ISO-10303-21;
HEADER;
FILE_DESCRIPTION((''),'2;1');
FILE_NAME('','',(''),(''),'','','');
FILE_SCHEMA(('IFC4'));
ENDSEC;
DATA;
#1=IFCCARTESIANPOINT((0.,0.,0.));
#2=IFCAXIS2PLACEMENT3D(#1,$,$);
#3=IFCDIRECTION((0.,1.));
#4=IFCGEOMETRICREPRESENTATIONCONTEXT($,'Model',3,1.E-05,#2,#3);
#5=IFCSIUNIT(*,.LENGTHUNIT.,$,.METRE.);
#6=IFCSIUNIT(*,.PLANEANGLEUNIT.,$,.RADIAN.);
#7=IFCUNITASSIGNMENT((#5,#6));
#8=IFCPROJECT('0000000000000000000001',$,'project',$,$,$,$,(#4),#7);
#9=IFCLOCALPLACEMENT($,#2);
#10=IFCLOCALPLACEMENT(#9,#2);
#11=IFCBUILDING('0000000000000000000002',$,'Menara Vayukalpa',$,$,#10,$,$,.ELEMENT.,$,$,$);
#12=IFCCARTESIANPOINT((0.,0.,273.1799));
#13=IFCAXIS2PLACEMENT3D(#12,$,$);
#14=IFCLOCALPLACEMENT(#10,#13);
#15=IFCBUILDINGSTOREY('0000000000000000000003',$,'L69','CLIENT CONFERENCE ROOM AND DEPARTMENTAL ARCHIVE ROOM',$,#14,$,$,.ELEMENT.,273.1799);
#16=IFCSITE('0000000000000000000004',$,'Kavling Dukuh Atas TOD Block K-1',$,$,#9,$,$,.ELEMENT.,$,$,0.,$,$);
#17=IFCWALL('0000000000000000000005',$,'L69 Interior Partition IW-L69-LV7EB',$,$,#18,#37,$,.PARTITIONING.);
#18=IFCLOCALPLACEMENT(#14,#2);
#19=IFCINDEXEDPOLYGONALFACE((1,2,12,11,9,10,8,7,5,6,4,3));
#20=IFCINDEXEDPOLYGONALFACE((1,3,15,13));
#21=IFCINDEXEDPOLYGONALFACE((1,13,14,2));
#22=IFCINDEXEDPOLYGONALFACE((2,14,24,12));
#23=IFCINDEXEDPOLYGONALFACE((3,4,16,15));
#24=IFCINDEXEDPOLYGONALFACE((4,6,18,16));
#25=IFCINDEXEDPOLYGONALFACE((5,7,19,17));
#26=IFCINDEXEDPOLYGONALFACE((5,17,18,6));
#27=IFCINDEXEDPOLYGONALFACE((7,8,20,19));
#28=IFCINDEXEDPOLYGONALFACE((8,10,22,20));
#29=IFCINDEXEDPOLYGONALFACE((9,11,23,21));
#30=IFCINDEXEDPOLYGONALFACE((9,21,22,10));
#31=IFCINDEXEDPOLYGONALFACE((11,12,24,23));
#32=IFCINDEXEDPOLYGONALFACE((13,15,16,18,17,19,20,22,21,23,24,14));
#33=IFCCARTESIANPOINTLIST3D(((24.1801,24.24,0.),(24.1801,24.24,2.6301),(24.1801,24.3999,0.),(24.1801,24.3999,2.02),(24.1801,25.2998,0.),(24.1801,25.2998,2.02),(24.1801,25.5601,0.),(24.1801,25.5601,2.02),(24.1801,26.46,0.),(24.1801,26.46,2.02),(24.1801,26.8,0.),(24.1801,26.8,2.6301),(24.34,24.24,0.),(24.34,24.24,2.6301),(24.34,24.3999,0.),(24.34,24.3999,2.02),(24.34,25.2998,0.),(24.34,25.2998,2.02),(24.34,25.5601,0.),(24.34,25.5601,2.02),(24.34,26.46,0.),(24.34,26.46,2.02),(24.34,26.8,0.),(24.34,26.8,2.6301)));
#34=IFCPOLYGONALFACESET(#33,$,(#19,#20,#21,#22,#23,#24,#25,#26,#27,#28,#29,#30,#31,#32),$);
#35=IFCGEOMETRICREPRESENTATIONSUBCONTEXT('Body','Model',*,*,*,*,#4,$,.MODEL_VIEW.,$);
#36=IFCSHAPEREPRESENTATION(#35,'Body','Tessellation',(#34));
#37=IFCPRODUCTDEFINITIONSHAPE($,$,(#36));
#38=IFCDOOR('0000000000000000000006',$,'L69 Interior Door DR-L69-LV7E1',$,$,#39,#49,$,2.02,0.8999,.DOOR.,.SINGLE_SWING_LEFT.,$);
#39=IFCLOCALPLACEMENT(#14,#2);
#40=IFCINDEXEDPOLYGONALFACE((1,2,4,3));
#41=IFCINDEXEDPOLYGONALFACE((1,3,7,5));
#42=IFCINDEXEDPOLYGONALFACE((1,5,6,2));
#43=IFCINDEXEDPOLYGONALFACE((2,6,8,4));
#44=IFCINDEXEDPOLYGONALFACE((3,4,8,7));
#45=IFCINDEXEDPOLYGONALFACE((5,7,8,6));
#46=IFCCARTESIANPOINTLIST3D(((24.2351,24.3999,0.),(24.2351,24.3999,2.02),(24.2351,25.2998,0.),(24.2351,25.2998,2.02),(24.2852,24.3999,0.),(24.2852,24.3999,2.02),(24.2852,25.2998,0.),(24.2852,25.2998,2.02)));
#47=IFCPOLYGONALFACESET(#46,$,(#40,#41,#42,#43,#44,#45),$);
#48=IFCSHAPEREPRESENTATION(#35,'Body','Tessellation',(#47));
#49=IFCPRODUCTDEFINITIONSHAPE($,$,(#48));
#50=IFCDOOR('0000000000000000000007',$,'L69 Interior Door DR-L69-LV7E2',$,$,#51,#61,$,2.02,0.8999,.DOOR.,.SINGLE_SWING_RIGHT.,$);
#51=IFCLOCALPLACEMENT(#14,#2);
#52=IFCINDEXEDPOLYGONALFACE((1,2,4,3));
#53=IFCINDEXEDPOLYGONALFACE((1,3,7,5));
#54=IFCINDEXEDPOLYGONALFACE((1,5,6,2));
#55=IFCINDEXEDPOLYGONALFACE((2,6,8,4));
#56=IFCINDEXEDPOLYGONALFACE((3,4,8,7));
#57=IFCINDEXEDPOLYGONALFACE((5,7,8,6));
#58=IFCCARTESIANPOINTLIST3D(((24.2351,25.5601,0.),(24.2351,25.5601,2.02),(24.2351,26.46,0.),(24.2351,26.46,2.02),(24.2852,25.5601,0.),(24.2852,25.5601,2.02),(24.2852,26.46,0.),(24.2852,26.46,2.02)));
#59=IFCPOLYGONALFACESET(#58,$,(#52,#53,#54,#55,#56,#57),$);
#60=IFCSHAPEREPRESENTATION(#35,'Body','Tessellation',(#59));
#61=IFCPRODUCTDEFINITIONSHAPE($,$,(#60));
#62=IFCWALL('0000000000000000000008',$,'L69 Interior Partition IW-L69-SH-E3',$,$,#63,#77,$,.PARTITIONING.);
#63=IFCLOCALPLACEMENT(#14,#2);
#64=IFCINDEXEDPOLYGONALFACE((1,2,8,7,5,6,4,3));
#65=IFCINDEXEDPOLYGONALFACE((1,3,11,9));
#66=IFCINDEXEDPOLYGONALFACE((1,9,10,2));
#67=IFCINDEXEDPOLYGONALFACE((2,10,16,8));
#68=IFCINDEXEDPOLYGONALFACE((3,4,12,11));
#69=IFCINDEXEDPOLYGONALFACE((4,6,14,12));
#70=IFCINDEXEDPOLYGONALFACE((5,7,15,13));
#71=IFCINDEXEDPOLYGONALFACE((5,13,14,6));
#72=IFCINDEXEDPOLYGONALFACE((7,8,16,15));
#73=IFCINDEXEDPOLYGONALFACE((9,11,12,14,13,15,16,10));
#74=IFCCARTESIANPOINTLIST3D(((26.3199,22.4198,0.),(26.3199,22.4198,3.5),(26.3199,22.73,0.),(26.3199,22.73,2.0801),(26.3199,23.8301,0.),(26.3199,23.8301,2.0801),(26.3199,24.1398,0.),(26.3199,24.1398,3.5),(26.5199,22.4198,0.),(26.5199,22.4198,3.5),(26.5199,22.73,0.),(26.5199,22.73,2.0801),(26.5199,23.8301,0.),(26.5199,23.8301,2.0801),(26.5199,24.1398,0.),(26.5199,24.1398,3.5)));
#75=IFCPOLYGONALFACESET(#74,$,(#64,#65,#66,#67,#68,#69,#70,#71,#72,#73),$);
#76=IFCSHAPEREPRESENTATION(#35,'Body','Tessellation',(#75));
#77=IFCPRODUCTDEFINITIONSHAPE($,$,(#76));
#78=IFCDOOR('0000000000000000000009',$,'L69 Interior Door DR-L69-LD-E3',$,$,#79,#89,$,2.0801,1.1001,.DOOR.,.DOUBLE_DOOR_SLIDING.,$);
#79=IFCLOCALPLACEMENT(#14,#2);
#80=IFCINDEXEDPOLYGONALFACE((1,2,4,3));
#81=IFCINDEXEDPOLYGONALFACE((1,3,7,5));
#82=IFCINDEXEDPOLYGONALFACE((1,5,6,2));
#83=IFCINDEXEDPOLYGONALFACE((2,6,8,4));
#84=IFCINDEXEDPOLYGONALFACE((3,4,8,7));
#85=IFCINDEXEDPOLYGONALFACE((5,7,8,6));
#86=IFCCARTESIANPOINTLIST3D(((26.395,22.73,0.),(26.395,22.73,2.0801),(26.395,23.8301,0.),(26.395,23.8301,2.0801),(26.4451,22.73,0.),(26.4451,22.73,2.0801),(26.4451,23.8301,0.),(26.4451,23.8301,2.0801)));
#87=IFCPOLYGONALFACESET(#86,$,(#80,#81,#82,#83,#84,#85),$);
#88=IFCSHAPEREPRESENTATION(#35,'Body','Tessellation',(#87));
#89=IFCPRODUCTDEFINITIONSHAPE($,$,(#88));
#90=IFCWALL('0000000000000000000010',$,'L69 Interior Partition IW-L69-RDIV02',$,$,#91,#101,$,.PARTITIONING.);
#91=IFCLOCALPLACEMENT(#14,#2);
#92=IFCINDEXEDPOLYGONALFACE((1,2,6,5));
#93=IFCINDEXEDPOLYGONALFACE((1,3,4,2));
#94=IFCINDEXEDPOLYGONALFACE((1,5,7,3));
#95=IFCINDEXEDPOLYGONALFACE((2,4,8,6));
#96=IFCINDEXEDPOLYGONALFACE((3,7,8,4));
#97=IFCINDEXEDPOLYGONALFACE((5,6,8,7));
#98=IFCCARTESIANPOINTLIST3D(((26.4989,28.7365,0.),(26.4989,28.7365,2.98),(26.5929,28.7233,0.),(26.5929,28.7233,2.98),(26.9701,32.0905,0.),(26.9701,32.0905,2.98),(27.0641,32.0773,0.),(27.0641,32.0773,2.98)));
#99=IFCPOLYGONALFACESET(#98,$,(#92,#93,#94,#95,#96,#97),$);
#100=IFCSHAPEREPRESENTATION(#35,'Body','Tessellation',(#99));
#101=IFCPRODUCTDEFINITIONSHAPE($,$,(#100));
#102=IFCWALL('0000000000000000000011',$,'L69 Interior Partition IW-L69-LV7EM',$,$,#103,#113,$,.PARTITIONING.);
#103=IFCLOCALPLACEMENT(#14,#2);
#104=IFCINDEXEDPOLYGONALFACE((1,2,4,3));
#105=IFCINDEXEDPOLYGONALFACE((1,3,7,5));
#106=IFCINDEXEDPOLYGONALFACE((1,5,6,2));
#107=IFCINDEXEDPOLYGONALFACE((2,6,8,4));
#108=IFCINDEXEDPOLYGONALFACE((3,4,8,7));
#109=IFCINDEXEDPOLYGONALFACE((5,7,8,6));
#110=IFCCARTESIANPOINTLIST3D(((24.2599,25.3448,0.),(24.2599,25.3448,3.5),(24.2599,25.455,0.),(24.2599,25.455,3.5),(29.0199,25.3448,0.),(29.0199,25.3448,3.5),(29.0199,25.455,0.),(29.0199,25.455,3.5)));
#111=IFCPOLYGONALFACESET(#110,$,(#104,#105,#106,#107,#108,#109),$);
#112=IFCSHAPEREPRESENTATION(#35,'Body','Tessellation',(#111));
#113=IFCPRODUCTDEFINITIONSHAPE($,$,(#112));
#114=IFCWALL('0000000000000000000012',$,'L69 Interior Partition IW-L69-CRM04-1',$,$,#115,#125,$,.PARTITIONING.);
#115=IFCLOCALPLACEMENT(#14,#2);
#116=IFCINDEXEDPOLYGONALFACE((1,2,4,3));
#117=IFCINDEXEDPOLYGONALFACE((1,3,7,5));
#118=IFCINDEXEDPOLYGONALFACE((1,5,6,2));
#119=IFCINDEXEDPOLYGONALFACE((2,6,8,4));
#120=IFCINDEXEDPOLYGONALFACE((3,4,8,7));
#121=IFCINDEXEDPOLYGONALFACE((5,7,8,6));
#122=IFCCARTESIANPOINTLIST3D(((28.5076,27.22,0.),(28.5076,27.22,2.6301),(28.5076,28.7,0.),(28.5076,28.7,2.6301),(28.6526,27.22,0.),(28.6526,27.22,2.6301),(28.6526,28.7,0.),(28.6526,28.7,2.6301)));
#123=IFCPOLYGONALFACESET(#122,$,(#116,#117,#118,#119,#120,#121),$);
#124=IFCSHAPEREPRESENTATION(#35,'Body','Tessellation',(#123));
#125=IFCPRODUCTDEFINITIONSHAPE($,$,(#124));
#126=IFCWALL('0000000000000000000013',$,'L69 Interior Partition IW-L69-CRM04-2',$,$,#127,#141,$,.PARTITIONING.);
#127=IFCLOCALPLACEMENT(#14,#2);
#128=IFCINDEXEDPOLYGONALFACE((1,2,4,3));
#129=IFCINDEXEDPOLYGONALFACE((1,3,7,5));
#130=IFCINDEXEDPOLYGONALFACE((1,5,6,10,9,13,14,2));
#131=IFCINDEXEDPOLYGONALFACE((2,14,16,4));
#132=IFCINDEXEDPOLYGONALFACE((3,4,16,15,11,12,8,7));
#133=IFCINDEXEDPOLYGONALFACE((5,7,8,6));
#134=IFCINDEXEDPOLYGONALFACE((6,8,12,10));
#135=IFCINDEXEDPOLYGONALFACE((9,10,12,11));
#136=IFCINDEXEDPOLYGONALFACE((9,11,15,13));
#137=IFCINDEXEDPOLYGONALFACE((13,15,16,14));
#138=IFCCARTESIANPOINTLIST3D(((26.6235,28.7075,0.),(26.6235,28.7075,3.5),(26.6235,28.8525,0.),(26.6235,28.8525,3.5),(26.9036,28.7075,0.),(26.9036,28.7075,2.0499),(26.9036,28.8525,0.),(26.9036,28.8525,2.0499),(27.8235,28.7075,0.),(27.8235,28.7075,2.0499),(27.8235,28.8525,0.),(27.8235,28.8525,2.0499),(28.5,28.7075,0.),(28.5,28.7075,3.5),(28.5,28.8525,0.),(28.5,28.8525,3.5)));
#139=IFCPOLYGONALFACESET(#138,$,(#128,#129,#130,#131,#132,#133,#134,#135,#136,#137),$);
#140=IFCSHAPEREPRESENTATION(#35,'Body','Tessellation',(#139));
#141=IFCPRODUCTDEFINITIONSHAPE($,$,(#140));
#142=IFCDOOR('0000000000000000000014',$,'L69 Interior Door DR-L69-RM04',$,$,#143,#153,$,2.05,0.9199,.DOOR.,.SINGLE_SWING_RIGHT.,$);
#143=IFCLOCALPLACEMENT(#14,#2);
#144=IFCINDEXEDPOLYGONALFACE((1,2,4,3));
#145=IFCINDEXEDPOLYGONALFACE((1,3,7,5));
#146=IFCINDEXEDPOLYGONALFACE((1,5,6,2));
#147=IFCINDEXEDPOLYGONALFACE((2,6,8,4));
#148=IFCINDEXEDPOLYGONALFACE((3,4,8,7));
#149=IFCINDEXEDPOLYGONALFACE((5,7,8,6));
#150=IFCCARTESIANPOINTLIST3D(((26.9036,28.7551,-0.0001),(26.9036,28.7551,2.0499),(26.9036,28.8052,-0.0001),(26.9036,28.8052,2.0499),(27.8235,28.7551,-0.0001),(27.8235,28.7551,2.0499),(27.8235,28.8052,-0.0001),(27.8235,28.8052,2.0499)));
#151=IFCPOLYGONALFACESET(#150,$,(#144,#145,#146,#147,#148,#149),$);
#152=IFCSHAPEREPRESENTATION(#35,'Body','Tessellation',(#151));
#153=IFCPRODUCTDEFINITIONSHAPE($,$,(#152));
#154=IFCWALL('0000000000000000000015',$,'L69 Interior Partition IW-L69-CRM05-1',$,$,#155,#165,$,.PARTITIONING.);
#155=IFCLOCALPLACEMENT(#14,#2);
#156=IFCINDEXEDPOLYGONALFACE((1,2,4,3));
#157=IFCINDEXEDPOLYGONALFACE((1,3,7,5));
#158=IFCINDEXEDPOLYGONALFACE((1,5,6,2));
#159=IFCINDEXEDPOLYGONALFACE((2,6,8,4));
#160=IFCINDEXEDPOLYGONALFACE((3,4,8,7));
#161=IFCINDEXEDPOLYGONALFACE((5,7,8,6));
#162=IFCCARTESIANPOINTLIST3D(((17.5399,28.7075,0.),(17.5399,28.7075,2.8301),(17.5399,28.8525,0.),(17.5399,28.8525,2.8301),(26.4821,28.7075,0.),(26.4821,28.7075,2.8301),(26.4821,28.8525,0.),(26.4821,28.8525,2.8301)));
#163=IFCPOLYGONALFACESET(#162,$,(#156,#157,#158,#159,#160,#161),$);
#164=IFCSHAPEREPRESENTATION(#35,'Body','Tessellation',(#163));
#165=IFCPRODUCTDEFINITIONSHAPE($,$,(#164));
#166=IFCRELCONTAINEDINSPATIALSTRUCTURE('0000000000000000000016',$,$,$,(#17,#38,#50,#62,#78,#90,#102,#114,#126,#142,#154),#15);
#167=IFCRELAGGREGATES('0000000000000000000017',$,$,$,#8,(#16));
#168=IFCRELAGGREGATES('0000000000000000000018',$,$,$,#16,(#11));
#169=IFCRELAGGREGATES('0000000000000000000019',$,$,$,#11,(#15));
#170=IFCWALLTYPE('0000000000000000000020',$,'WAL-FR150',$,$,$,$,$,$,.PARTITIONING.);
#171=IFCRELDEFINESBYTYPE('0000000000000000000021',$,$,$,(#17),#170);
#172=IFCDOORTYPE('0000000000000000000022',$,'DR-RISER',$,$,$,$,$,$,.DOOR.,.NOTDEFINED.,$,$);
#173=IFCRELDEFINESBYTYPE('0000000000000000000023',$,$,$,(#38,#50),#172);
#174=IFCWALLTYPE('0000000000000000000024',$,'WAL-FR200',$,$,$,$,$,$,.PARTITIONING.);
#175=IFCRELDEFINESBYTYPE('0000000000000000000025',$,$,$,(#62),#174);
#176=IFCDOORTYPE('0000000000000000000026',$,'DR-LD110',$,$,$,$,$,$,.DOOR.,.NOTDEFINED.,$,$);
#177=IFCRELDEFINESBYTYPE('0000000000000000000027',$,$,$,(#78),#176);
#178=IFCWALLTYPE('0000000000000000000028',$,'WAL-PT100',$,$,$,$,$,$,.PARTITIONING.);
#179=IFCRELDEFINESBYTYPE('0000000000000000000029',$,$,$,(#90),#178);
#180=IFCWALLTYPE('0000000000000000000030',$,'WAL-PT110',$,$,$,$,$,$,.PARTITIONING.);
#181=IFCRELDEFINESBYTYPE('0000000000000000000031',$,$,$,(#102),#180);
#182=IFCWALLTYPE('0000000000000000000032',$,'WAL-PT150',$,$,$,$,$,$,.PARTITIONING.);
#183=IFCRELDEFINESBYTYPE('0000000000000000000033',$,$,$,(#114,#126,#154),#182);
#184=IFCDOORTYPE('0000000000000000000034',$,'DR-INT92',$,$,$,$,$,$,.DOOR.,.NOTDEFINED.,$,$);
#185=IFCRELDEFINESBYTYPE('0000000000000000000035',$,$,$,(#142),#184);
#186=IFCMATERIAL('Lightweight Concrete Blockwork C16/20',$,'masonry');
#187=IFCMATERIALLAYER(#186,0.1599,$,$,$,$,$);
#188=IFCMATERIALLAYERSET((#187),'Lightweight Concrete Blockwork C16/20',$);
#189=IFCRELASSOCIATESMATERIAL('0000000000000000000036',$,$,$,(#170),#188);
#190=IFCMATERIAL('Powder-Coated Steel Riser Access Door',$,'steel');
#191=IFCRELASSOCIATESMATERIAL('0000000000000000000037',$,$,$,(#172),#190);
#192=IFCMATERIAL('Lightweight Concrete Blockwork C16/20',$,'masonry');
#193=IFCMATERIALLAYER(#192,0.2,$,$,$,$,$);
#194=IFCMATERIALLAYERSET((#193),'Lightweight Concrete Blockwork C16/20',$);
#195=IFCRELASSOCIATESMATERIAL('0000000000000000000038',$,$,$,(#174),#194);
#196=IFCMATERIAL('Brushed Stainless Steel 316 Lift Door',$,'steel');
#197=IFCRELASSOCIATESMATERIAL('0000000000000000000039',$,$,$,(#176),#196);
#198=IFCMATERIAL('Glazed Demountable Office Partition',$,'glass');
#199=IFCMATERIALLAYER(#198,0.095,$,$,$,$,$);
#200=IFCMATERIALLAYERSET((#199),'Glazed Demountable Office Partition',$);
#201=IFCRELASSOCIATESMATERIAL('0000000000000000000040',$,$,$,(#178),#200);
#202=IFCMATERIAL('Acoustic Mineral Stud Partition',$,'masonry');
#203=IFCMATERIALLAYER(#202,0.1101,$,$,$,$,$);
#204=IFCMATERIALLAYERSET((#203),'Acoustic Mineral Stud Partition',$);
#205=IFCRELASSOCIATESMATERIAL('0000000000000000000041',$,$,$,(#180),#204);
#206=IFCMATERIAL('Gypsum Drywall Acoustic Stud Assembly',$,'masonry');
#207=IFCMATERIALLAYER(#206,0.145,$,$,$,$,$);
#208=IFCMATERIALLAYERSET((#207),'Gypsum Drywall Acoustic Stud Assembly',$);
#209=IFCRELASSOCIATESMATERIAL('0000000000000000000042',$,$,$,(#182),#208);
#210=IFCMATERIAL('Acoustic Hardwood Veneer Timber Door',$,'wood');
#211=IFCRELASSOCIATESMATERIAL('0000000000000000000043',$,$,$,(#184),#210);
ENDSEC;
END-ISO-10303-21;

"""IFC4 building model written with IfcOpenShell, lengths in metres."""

from ifc_helpers import new_model, si_unit, direction, frame, frame_2d, origin, place, context, subcontext, project, spatial, rectangle, extrude, material, layer, layer_set, type_object, element, fill, save


model = new_model("IFC4")

# Units and contexts
model_context = context("Model", 3, precision=1e-05, world=origin(), true_north=direction((0.0, 1.0)))
body_context = subcontext(model_context, "Body", "Model", "MODEL_VIEW")
ifc_project = project(units=[si_unit("LENGTHUNIT", "METRE"), si_unit("PLANEANGLEUNIT", "RADIAN")], contexts=[model_context])

# Site, building, storey
site_placement = place(None, origin())
site = spatial("IfcSite", under=ifc_project, at=site_placement, Name="Kavling Dukuh Atas TOD Block K-1", CompositionType="ELEMENT", RefElevation=0.0)
building_placement = place(site_placement, origin())
building = spatial("IfcBuilding", under=site, at=building_placement, Name="Menara Vayukalpa", CompositionType="ELEMENT")
storey_placement = place(building_placement, frame((0.0, 0.0, 273.1799)))
storey = spatial("IfcBuildingStorey", under=building, at=storey_placement, Name="L69", Description="CLIENT CONFERENCE ROOM AND DEPARTMENTAL ARCHIVE ROOM", CompositionType="ELEMENT", Elevation=273.1799)

# Shared definitions
ifc_material_1 = material(Name="Lightweight Concrete Blockwork C16/20", Category="masonry")
ifc_layer_1 = layer(ifc_material_1, 0.1599)
ifc_layer_set_1 = layer_set([ifc_layer_1], Name="Lightweight Concrete Blockwork C16/20")
wall_type_1 = type_object("IfcWallType", Name="WAL-FR150", PredefinedType="PARTITIONING", material=ifc_layer_set_1)

# Wall, openings, doors
wall_1_placement = place(storey_placement, frame((24.26, 24.24, 0.0), z_axis=(0.0, 0.0, 1.0), x_axis=(0.0, 1.0, 0.0)))
wall_1 = element("IfcWall", 1, at=wall_1_placement, inside=storey, type_object=wall_type_1, Name="L69 Interior Partition IW-L69-LV7EB", PredefinedType="PARTITIONING", context=body_context, shape_type="SweptSolid", body=[
    extrude(rectangle(XDim=2.5601, YDim=0.1599, at=frame_2d((1.28, 0.0))), origin(), (0.0, 0.0, 1.0), 2.6301),
])
opening_1_placement = place(wall_1_placement, frame((0.1599, 0.0, 0.0)))
opening_1 = element("IfcOpeningElement", 2, at=opening_1_placement, cuts=wall_1, PredefinedType="OPENING", context=body_context, shape_type="SweptSolid", body=[
    extrude(rectangle(XDim=0.8999, YDim=2.02, at=frame_2d((0.45, 1.01))), frame((0.0, 0.0898, 0.0), z_axis=(0.0, -1.0, 0.0), x_axis=(1.0, 0.0, 0.0)), (0.0, 0.0, 1.0), 0.1799),
])
opening_2_placement = place(wall_1_placement, frame((1.3201, 0.0, 0.0)))
opening_2 = element("IfcOpeningElement", 3, at=opening_2_placement, cuts=wall_1, PredefinedType="OPENING", context=body_context, shape_type="SweptSolid", body=[
    extrude(rectangle(XDim=0.8999, YDim=2.02, at=frame_2d((0.45, 1.01))), frame((0.0, 0.0898, 0.0), z_axis=(0.0, -1.0, 0.0), x_axis=(1.0, 0.0, 0.0)), (0.0, 0.0, 1.0), 0.1799),
])
ifc_material_2 = material(Name="Powder-Coated Steel Riser Access Door", Category="steel")
door_type_1 = type_object("IfcDoorType", Name="DR-RISER", OperationType="NOTDEFINED", PredefinedType="DOOR", material=ifc_material_2)
door_1_placement = place(opening_1_placement, origin())
door_1 = element("IfcDoor", 4, at=door_1_placement, inside=storey, type_object=door_type_1, Name="L69 Interior Door DR-L69-LV7E1", OperationType="SINGLE_SWING_LEFT", OverallHeight=2.02, OverallWidth=0.8999, PredefinedType="DOOR", context=body_context, shape_type="SweptSolid", body=[
    extrude(rectangle(XDim=0.8999, YDim=2.02, at=frame_2d((0.45, 1.01))), frame((0.0, 0.0249, 0.0), z_axis=(0.0, -1.0, 0.0), x_axis=(1.0, 0.0, 0.0)), (0.0, 0.0, 1.0), 0.05),
])
fill(opening_1, door_1)
door_2_placement = place(opening_2_placement, origin())
door_2 = element("IfcDoor", 5, at=door_2_placement, inside=storey, type_object=door_type_1, Name="L69 Interior Door DR-L69-LV7E2", OperationType="SINGLE_SWING_RIGHT", OverallHeight=2.02, OverallWidth=0.8999, PredefinedType="DOOR", context=body_context, shape_type="SweptSolid", body=[
    extrude(rectangle(XDim=0.8999, YDim=2.02, at=frame_2d((0.45, 1.01))), frame((0.0, 0.0249, 0.0), z_axis=(0.0, -1.0, 0.0), x_axis=(1.0, 0.0, 0.0)), (0.0, 0.0, 1.0), 0.05),
])
fill(opening_2, door_2)

# Wall, opening, door
ifc_material_3 = material(Name="Lightweight Concrete Blockwork C16/20", Category="masonry")
ifc_layer_2 = layer(ifc_material_3, 0.2)
ifc_layer_set_2 = layer_set([ifc_layer_2], Name="Lightweight Concrete Blockwork C16/20")
wall_type_2 = type_object("IfcWallType", Name="WAL-FR200", PredefinedType="PARTITIONING", material=ifc_layer_set_2)
wall_2_placement = place(storey_placement, frame((26.4199, 22.4199, 0.0), z_axis=(0.0, 0.0, 1.0), x_axis=(0.0, 1.0, 0.0)))
wall_2 = element("IfcWall", 6, at=wall_2_placement, inside=storey, type_object=wall_type_2, Name="L69 Interior Partition IW-L69-SH-E3", PredefinedType="PARTITIONING", context=body_context, shape_type="SweptSolid", body=[
    extrude(rectangle(XDim=1.72, YDim=0.2, at=frame_2d((0.8599, 0.0))), origin(), (0.0, 0.0, 1.0), 3.5),
])
opening_3_placement = place(wall_2_placement, frame((0.3101, 0.0, 0.0)))
opening_3 = element("IfcOpeningElement", 7, at=opening_3_placement, cuts=wall_2, PredefinedType="OPENING", context=body_context, shape_type="SweptSolid", body=[
    extrude(rectangle(XDim=1.1001, YDim=2.0801, at=frame_2d((0.55, 1.04))), frame((0.0, 0.1099, 0.0), z_axis=(0.0, -1.0, 0.0), x_axis=(1.0, 0.0, 0.0)), (0.0, 0.0, 1.0), 0.22),
])
ifc_material_4 = material(Name="Brushed Stainless Steel 316 Lift Door", Category="steel")
door_type_2 = type_object("IfcDoorType", Name="DR-LD110", OperationType="NOTDEFINED", PredefinedType="DOOR", material=ifc_material_4)
door_3_placement = place(opening_3_placement, origin())
door_3 = element("IfcDoor", 8, at=door_3_placement, inside=storey, type_object=door_type_2, Name="L69 Interior Door DR-L69-LD-E3", OperationType="DOUBLE_DOOR_SLIDING", OverallHeight=2.0801, OverallWidth=1.1001, PredefinedType="DOOR", context=body_context, shape_type="SweptSolid", body=[
    extrude(rectangle(XDim=1.1001, YDim=2.0801, at=frame_2d((0.55, 1.04))), frame((0.0, 0.0249, 0.0), z_axis=(0.0, -1.0, 0.0), x_axis=(1.0, 0.0, 0.0)), (0.0, 0.0, 1.0), 0.05),
])
fill(opening_3, door_3)

# Walls
ifc_material_5 = material(Name="Glazed Demountable Office Partition", Category="glass")
ifc_layer_3 = layer(ifc_material_5, 0.095)
ifc_layer_set_3 = layer_set([ifc_layer_3], Name="Glazed Demountable Office Partition")
wall_type_3 = type_object("IfcWallType", Name="WAL-PT100", PredefinedType="PARTITIONING", material=ifc_layer_set_3)
wall_3_placement = place(storey_placement, frame((26.5459, 28.73, 0.0), z_axis=(0.0, 0.0, 1.0), x_axis=(0.13912, 0.990276, 0.0)))
element("IfcWall", 9, at=wall_3_placement, inside=storey, type_object=wall_type_3, Name="L69 Interior Partition IW-L69-RDIV02", PredefinedType="PARTITIONING", context=body_context, shape_type="SweptSolid", body=[
    extrude(rectangle(XDim=3.387, YDim=0.095, at=frame_2d((1.6934, 0.0))), origin(), (0.0, 0.0, 1.0), 2.98),
])
ifc_material_6 = material(Name="Acoustic Mineral Stud Partition", Category="masonry")
ifc_layer_4 = layer(ifc_material_6, 0.1101)
ifc_layer_set_4 = layer_set([ifc_layer_4], Name="Acoustic Mineral Stud Partition")
wall_type_4 = type_object("IfcWallType", Name="WAL-PT110", PredefinedType="PARTITIONING", material=ifc_layer_set_4)
wall_4_placement = place(storey_placement, frame((24.26, 25.3999, 0.0), z_axis=(0.0, 0.0, 1.0), x_axis=(1.0, 0.0, 0.0)))
element("IfcWall", 10, at=wall_4_placement, inside=storey, type_object=wall_type_4, Name="L69 Interior Partition IW-L69-LV7EM", PredefinedType="PARTITIONING", context=body_context, shape_type="SweptSolid", body=[
    extrude(rectangle(XDim=4.76, YDim=0.1101, at=frame_2d((2.3799, 0.0))), origin(), (0.0, 0.0, 1.0), 3.5),
])
ifc_material_7 = material(Name="Gypsum Drywall Acoustic Stud Assembly", Category="masonry")
ifc_layer_5 = layer(ifc_material_7, 0.145)
ifc_layer_set_5 = layer_set([ifc_layer_5], Name="Gypsum Drywall Acoustic Stud Assembly")
wall_type_5 = type_object("IfcWallType", Name="WAL-PT150", PredefinedType="PARTITIONING", material=ifc_layer_set_5)
wall_5_placement = place(storey_placement, frame((28.5801, 27.22, 0.0), z_axis=(0.0, 0.0, 1.0), x_axis=(0.0, 1.0, 0.0)))
element("IfcWall", 11, at=wall_5_placement, inside=storey, type_object=wall_type_5, Name="L69 Interior Partition IW-L69-CRM04-1", PredefinedType="PARTITIONING", context=body_context, shape_type="SweptSolid", body=[
    extrude(rectangle(XDim=1.48, YDim=0.145, at=frame_2d((0.74, 0.0))), origin(), (0.0, 0.0, 1.0), 2.6301),
])

# Wall, opening, door
wall_6_placement = place(storey_placement, frame((28.5, 28.78, 0.0), z_axis=(0.0, 0.0, 1.0), x_axis=(-1.0, 0.0, 0.0)))
wall_6 = element("IfcWall", 12, at=wall_6_placement, inside=storey, type_object=wall_type_5, Name="L69 Interior Partition IW-L69-CRM04-2", PredefinedType="PARTITIONING", context=body_context, shape_type="SweptSolid", body=[
    extrude(rectangle(XDim=1.8765, YDim=0.145, at=frame_2d((0.9382, 0.0))), origin(), (0.0, 0.0, 1.0), 3.5),
])
opening_4_placement = place(wall_6_placement, frame((0.6765, 0.0, 0.0)))
opening_4 = element("IfcOpeningElement", 13, at=opening_4_placement, cuts=wall_6, PredefinedType="OPENING", context=body_context, shape_type="SweptSolid", body=[
    extrude(rectangle(XDim=0.9199, YDim=2.05, at=frame_2d((0.46, 1.0249))), frame((0.0, 0.0825, 0.0), z_axis=(0.0, -1.0, 0.0), x_axis=(1.0, 0.0, 0.0)), (0.0, 0.0, 1.0), 0.165),
])
ifc_material_8 = material(Name="Acoustic Hardwood Veneer Timber Door", Category="wood")
door_type_3 = type_object("IfcDoorType", Name="DR-INT92", OperationType="NOTDEFINED", PredefinedType="DOOR", material=ifc_material_8)
door_4_placement = place(opening_4_placement, origin())
door_4 = element("IfcDoor", 14, at=door_4_placement, inside=storey, type_object=door_type_3, Name="L69 Interior Door DR-L69-RM04", OperationType="SINGLE_SWING_RIGHT", OverallHeight=2.05, OverallWidth=0.9199, PredefinedType="DOOR", context=body_context, shape_type="SweptSolid", body=[
    extrude(rectangle(XDim=0.9199, YDim=2.05, at=frame_2d((0.46, 1.0249))), frame((0.0, 0.0249, 0.0), z_axis=(0.0, -1.0, 0.0), x_axis=(1.0, 0.0, 0.0)), (0.0, 0.0, 1.0), 0.05),
])
fill(opening_4, door_4)

# Wall
wall_7_placement = place(storey_placement, frame((26.4822, 28.78, 0.0), z_axis=(0.0, 0.0, 1.0), x_axis=(-1.0, 0.0, 0.0)))
element("IfcWall", 15, at=wall_7_placement, inside=storey, type_object=wall_type_5, Name="L69 Interior Partition IW-L69-CRM05-1", PredefinedType="PARTITIONING", context=body_context, shape_type="SweptSolid", body=[
    extrude(rectangle(XDim=8.9421, YDim=0.145, at=frame_2d((4.4712, 0.0))), origin(), (0.0, 0.0, 1.0), 2.8301),
])

save(model, "model.ifc")
